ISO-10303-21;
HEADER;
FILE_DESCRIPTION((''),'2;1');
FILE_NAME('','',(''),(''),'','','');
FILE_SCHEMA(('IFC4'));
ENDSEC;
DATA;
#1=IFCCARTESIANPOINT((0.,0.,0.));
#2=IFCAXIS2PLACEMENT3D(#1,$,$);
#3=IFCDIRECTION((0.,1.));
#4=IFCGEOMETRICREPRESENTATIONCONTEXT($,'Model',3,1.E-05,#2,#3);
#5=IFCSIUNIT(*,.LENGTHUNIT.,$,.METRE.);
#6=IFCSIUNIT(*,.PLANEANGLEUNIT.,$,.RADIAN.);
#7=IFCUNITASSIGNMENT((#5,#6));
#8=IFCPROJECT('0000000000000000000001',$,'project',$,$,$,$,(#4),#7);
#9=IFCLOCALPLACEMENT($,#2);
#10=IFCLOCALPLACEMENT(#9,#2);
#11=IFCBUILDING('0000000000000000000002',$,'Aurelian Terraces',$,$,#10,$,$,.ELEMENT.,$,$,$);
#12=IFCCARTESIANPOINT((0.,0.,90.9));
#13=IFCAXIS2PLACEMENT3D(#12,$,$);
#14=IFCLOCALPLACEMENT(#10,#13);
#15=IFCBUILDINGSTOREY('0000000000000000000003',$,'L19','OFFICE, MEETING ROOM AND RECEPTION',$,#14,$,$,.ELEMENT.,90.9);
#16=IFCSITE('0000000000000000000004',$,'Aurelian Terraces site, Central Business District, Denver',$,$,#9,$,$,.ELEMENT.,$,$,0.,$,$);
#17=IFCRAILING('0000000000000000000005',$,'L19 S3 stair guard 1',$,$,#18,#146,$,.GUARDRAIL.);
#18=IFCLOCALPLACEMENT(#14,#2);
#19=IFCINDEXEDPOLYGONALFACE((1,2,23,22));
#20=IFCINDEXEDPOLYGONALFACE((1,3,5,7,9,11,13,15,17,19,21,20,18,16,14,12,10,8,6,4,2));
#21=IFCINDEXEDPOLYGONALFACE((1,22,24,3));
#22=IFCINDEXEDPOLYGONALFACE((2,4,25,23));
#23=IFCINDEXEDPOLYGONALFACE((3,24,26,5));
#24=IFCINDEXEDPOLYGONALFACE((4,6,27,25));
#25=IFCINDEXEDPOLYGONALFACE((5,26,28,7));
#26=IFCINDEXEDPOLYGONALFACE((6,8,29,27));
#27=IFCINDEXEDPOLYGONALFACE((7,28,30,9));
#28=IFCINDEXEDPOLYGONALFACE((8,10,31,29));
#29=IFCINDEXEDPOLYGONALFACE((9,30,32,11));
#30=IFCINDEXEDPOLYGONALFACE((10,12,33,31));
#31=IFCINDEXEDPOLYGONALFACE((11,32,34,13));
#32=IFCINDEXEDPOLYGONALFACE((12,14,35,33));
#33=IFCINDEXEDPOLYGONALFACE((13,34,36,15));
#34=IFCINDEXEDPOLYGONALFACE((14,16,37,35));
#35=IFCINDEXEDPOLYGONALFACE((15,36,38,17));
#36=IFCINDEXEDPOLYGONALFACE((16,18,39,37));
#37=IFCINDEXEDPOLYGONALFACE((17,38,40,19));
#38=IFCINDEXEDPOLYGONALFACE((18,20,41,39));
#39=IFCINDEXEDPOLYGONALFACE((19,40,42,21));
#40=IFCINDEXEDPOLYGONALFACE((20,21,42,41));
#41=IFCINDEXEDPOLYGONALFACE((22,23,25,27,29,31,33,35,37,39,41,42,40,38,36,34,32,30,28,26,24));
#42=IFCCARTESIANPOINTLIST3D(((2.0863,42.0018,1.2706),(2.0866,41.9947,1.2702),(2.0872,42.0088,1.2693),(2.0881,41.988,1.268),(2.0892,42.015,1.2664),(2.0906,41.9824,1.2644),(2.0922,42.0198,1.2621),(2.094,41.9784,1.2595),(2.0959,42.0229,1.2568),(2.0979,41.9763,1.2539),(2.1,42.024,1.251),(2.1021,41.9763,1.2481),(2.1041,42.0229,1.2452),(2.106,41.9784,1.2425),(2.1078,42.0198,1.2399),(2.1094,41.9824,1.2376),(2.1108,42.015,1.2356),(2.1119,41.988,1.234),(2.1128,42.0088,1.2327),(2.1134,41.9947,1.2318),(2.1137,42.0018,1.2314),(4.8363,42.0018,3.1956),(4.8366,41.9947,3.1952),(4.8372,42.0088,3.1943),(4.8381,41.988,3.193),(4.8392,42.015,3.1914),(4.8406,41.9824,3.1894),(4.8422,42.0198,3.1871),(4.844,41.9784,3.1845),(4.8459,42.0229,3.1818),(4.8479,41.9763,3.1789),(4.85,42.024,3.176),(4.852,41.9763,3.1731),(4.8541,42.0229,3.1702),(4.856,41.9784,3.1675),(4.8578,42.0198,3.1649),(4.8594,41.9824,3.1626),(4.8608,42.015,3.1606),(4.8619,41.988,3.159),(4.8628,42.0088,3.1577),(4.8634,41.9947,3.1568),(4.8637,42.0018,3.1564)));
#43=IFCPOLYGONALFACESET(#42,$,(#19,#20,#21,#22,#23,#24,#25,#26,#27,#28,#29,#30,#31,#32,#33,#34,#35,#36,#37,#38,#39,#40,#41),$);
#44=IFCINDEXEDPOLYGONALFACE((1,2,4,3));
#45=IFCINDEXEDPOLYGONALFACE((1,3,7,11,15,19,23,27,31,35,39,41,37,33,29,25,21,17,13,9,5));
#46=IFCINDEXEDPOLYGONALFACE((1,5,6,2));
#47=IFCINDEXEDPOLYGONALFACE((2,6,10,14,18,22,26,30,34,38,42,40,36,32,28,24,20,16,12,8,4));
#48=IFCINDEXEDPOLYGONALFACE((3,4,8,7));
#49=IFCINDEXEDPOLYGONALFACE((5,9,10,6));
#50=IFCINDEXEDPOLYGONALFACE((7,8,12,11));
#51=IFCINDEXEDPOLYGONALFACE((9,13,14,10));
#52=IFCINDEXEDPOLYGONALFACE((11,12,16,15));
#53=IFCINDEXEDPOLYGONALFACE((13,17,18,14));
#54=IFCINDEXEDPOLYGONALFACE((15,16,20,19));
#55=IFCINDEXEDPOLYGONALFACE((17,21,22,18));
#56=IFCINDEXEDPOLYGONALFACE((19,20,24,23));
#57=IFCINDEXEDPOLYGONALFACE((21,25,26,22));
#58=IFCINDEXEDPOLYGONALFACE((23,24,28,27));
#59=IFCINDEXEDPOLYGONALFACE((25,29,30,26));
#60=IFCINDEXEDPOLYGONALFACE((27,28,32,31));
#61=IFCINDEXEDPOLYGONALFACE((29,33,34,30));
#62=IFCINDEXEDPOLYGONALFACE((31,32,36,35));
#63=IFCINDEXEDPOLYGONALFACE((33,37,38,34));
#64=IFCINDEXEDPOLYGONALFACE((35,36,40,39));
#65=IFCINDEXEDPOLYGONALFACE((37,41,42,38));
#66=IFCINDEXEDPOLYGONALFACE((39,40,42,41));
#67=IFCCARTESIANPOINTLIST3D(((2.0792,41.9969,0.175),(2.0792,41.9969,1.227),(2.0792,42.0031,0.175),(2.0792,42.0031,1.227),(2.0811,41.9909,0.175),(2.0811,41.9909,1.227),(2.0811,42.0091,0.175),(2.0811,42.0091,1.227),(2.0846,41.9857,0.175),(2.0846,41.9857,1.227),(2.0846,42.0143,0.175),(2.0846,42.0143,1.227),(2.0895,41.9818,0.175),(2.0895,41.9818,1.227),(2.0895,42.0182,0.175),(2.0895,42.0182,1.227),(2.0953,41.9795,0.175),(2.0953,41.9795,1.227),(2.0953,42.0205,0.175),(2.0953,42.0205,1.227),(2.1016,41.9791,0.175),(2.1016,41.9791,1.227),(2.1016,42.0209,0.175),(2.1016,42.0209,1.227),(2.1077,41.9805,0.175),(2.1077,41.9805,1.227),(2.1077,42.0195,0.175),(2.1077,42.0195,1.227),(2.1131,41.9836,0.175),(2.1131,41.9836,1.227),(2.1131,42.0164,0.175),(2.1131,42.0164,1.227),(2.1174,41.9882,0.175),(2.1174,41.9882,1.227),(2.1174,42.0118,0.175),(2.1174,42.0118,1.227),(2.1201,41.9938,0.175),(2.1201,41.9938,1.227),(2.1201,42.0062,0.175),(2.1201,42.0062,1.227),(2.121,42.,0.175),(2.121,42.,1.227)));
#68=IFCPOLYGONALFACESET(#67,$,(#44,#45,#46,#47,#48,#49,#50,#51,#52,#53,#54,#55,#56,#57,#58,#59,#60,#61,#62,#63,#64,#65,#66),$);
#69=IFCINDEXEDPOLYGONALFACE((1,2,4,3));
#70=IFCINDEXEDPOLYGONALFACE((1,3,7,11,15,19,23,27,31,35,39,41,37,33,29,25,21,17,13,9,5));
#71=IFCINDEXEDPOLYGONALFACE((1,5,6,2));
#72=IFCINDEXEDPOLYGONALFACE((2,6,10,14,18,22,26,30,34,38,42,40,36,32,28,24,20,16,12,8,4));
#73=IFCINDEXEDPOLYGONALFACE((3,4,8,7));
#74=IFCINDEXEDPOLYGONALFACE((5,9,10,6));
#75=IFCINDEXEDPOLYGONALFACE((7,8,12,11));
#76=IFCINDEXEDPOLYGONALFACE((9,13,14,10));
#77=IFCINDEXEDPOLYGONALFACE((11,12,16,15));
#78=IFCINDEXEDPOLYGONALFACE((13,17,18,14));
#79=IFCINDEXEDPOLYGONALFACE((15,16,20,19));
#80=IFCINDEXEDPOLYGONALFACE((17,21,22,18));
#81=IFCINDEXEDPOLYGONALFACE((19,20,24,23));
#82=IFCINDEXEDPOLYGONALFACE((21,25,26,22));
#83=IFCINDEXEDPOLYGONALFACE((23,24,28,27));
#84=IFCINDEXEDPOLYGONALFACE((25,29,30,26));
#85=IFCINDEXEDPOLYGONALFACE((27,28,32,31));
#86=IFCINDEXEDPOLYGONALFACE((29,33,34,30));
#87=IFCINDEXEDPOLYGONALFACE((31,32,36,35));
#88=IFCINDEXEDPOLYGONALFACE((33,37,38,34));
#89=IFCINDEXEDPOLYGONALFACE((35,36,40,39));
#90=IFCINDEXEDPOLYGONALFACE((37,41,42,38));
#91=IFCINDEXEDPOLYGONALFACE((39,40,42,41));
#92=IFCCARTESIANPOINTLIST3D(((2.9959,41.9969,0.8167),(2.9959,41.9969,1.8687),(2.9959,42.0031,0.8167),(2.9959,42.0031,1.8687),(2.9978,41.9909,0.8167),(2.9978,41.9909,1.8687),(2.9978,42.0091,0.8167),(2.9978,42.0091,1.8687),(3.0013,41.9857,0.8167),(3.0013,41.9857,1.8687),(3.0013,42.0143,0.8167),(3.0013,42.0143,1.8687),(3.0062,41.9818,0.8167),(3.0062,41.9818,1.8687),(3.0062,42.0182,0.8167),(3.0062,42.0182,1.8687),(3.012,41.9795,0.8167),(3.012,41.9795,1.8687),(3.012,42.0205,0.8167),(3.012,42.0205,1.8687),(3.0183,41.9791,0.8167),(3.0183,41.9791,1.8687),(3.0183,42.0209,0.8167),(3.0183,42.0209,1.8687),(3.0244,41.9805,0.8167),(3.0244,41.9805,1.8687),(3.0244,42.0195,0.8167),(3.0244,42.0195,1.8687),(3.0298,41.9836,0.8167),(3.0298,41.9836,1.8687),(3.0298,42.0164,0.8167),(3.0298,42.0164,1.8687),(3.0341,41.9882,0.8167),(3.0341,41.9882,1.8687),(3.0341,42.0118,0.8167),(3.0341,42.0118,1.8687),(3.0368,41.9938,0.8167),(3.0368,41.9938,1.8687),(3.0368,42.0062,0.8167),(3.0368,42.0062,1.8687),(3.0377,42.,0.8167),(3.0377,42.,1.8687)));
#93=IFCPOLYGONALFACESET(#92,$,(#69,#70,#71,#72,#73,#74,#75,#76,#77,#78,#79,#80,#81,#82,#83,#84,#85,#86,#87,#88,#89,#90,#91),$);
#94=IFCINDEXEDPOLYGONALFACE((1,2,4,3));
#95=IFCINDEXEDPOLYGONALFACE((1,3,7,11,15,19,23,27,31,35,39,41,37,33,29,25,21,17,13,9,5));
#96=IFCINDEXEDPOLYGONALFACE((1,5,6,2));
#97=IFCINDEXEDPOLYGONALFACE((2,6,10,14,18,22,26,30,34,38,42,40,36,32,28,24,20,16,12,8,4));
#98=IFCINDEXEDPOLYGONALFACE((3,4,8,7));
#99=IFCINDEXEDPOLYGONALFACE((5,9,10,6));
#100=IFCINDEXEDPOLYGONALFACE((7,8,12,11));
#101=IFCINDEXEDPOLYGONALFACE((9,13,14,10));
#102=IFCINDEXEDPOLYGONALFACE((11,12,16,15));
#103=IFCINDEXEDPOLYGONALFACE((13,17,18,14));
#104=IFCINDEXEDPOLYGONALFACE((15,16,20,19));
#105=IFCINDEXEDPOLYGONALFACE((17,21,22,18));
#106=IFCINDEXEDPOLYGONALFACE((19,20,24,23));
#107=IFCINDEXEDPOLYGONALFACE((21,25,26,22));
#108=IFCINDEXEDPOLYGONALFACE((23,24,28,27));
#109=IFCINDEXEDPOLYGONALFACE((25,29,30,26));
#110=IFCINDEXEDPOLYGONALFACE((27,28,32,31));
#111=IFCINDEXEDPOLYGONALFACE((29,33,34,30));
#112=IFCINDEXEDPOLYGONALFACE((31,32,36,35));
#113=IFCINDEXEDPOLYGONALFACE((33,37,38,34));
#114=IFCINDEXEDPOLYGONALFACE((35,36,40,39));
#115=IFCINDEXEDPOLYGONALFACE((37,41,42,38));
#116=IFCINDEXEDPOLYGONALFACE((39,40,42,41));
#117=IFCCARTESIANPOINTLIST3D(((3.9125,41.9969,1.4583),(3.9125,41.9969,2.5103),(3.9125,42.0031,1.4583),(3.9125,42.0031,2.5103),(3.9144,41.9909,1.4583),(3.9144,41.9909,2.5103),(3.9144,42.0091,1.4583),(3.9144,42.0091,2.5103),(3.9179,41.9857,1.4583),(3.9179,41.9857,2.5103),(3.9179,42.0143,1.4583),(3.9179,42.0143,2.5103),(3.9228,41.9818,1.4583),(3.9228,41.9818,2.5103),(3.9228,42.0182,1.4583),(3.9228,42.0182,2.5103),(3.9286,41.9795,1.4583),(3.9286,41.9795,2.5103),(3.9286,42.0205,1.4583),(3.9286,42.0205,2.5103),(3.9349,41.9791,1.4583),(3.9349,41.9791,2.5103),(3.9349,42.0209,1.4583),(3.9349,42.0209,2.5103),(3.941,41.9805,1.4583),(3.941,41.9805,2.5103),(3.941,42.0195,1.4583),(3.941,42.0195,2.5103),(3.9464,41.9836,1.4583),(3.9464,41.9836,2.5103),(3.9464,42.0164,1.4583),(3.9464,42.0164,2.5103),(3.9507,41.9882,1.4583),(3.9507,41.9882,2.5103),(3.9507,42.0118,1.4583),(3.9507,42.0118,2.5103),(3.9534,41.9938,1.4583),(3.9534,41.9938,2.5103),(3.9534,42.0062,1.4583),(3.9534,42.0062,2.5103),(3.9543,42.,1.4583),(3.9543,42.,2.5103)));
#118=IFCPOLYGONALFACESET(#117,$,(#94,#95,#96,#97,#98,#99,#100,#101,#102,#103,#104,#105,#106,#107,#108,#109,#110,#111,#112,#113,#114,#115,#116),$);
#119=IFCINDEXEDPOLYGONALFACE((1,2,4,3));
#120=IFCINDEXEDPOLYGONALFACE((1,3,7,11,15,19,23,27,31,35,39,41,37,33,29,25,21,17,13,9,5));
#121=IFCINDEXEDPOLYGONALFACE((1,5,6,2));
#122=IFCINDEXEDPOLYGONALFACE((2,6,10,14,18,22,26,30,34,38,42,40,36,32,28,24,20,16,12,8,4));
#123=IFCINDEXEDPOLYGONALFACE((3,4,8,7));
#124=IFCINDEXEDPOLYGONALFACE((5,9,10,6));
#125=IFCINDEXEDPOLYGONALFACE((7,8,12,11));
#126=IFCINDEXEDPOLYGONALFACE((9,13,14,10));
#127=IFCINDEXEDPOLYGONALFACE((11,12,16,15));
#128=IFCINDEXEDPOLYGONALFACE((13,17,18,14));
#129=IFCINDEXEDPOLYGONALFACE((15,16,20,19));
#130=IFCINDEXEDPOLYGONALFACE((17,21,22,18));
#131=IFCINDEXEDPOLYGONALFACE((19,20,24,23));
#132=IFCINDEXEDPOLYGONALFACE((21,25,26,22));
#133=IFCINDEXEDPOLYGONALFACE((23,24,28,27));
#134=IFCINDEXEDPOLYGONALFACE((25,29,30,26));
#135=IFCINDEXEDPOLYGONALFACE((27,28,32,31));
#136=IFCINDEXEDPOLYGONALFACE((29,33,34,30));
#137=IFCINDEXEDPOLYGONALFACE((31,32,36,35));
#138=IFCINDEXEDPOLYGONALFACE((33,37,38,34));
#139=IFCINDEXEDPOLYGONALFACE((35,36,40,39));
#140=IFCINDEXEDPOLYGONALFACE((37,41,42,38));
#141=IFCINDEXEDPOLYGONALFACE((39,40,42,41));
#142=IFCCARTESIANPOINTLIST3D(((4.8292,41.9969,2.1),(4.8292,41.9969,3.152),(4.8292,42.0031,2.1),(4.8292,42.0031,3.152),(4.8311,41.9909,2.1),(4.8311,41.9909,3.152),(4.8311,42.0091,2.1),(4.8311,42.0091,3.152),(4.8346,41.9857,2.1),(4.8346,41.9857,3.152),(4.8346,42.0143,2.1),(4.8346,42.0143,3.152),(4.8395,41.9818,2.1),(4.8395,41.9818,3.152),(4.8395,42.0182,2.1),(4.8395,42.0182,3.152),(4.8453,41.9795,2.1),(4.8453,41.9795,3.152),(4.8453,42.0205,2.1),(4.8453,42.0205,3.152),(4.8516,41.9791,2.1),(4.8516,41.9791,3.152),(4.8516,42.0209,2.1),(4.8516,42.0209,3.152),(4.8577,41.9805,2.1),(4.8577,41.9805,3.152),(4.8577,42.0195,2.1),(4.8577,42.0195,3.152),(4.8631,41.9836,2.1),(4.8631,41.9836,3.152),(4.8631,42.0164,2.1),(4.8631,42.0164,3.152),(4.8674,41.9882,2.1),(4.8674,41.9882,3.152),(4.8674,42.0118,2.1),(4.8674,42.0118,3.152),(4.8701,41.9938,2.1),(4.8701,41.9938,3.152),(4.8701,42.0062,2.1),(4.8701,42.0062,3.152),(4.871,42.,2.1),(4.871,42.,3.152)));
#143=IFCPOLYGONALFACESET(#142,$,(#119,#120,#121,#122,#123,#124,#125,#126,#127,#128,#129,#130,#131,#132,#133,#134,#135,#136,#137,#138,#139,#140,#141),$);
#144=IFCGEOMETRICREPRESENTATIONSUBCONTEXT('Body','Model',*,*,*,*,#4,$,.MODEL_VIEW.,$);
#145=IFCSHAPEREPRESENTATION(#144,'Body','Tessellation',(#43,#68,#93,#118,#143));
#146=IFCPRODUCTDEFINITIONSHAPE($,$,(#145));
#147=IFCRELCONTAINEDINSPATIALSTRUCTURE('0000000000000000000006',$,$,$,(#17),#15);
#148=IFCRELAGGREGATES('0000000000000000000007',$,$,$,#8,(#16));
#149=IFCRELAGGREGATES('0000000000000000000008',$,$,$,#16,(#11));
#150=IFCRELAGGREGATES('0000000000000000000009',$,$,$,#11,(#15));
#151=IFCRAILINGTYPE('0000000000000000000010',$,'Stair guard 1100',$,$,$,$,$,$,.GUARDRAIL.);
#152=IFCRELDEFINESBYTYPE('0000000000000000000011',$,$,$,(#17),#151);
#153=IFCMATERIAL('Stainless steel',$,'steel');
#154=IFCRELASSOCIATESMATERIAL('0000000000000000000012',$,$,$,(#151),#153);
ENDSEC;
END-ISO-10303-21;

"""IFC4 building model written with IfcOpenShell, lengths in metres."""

from ifc_helpers import new_model, si_unit, direction, frame, origin, origin_2d, place, context, subcontext, project, spatial, circle, extrude, source, transform, mapped, material, type_object, element, save


model = new_model("IFC4")

# Units and contexts
model_context = context("Model", 3, precision=1e-05, world=origin(), true_north=direction((0.0, 1.0)))
body_context = subcontext(model_context, "Body", "Model", "MODEL_VIEW")
ifc_project = project(units=[si_unit("LENGTHUNIT", "METRE"), si_unit("PLANEANGLEUNIT", "RADIAN")], contexts=[model_context])

# Site, building, storey
site_placement = place(None, origin())
site = spatial("IfcSite", under=ifc_project, at=site_placement, Name="Aurelian Terraces site, Central Business District, Denver", CompositionType="ELEMENT", RefElevation=0.0)
building_placement = place(site_placement, origin())
building = spatial("IfcBuilding", under=site, at=building_placement, Name="Aurelian Terraces", CompositionType="ELEMENT")
storey_placement = place(building_placement, frame((0.0, 0.0, 90.9)))
storey = spatial("IfcBuildingStorey", under=building, at=storey_placement, Name="L19", Description="OFFICE, MEETING ROOM AND RECEPTION", CompositionType="ELEMENT", Elevation=90.9)

# Railing
ifc_material_1 = material(Name="Stainless steel", Category="steel")
railing_type_1 = type_object("IfcRailingType", Name="Stair guard 1100", PredefinedType="GUARDRAIL", material=ifc_material_1)
shared_shape_1 = source(origin(), body_context, "Body", "SweptSolid", [
    extrude(circle(Radius=0.024, at=origin_2d()), frame((0.0, 0.0, 1.076), z_axis=(0.819232, 0.0, 0.573462), x_axis=(0.0, 1.0, 0.0)), (0.0, 0.0, 1.0), 3.3568),
    extrude(circle(Radius=0.021, at=origin_2d()), origin(), (0.0, 0.0, 1.0), 1.052),
    extrude(circle(Radius=0.021, at=origin_2d()), frame((0.9167, 0.0, 0.6417)), (0.0, 0.0, 1.0), 1.052),
    extrude(circle(Radius=0.021, at=origin_2d()), frame((1.8333, 0.0, 1.2833)), (0.0, 0.0, 1.0), 1.052),
    extrude(circle(Radius=0.021, at=origin_2d()), frame((2.75, 0.0, 1.925)), (0.0, 0.0, 1.0), 1.052),
])
railing_1_placement = place(storey_placement, frame((2.1, 42.0, 0.175)))
element("IfcRailing", 1, at=railing_1_placement, inside=storey, type_object=railing_type_1, Name="L19 S3 stair guard 1", PredefinedType="GUARDRAIL", context=body_context, shape_type="MappedRepresentation", body=[
    mapped(shared_shape_1, transform((0.0, 0.0, 0.0), scale=1.0)),
])

save(model, "model.ifc")
